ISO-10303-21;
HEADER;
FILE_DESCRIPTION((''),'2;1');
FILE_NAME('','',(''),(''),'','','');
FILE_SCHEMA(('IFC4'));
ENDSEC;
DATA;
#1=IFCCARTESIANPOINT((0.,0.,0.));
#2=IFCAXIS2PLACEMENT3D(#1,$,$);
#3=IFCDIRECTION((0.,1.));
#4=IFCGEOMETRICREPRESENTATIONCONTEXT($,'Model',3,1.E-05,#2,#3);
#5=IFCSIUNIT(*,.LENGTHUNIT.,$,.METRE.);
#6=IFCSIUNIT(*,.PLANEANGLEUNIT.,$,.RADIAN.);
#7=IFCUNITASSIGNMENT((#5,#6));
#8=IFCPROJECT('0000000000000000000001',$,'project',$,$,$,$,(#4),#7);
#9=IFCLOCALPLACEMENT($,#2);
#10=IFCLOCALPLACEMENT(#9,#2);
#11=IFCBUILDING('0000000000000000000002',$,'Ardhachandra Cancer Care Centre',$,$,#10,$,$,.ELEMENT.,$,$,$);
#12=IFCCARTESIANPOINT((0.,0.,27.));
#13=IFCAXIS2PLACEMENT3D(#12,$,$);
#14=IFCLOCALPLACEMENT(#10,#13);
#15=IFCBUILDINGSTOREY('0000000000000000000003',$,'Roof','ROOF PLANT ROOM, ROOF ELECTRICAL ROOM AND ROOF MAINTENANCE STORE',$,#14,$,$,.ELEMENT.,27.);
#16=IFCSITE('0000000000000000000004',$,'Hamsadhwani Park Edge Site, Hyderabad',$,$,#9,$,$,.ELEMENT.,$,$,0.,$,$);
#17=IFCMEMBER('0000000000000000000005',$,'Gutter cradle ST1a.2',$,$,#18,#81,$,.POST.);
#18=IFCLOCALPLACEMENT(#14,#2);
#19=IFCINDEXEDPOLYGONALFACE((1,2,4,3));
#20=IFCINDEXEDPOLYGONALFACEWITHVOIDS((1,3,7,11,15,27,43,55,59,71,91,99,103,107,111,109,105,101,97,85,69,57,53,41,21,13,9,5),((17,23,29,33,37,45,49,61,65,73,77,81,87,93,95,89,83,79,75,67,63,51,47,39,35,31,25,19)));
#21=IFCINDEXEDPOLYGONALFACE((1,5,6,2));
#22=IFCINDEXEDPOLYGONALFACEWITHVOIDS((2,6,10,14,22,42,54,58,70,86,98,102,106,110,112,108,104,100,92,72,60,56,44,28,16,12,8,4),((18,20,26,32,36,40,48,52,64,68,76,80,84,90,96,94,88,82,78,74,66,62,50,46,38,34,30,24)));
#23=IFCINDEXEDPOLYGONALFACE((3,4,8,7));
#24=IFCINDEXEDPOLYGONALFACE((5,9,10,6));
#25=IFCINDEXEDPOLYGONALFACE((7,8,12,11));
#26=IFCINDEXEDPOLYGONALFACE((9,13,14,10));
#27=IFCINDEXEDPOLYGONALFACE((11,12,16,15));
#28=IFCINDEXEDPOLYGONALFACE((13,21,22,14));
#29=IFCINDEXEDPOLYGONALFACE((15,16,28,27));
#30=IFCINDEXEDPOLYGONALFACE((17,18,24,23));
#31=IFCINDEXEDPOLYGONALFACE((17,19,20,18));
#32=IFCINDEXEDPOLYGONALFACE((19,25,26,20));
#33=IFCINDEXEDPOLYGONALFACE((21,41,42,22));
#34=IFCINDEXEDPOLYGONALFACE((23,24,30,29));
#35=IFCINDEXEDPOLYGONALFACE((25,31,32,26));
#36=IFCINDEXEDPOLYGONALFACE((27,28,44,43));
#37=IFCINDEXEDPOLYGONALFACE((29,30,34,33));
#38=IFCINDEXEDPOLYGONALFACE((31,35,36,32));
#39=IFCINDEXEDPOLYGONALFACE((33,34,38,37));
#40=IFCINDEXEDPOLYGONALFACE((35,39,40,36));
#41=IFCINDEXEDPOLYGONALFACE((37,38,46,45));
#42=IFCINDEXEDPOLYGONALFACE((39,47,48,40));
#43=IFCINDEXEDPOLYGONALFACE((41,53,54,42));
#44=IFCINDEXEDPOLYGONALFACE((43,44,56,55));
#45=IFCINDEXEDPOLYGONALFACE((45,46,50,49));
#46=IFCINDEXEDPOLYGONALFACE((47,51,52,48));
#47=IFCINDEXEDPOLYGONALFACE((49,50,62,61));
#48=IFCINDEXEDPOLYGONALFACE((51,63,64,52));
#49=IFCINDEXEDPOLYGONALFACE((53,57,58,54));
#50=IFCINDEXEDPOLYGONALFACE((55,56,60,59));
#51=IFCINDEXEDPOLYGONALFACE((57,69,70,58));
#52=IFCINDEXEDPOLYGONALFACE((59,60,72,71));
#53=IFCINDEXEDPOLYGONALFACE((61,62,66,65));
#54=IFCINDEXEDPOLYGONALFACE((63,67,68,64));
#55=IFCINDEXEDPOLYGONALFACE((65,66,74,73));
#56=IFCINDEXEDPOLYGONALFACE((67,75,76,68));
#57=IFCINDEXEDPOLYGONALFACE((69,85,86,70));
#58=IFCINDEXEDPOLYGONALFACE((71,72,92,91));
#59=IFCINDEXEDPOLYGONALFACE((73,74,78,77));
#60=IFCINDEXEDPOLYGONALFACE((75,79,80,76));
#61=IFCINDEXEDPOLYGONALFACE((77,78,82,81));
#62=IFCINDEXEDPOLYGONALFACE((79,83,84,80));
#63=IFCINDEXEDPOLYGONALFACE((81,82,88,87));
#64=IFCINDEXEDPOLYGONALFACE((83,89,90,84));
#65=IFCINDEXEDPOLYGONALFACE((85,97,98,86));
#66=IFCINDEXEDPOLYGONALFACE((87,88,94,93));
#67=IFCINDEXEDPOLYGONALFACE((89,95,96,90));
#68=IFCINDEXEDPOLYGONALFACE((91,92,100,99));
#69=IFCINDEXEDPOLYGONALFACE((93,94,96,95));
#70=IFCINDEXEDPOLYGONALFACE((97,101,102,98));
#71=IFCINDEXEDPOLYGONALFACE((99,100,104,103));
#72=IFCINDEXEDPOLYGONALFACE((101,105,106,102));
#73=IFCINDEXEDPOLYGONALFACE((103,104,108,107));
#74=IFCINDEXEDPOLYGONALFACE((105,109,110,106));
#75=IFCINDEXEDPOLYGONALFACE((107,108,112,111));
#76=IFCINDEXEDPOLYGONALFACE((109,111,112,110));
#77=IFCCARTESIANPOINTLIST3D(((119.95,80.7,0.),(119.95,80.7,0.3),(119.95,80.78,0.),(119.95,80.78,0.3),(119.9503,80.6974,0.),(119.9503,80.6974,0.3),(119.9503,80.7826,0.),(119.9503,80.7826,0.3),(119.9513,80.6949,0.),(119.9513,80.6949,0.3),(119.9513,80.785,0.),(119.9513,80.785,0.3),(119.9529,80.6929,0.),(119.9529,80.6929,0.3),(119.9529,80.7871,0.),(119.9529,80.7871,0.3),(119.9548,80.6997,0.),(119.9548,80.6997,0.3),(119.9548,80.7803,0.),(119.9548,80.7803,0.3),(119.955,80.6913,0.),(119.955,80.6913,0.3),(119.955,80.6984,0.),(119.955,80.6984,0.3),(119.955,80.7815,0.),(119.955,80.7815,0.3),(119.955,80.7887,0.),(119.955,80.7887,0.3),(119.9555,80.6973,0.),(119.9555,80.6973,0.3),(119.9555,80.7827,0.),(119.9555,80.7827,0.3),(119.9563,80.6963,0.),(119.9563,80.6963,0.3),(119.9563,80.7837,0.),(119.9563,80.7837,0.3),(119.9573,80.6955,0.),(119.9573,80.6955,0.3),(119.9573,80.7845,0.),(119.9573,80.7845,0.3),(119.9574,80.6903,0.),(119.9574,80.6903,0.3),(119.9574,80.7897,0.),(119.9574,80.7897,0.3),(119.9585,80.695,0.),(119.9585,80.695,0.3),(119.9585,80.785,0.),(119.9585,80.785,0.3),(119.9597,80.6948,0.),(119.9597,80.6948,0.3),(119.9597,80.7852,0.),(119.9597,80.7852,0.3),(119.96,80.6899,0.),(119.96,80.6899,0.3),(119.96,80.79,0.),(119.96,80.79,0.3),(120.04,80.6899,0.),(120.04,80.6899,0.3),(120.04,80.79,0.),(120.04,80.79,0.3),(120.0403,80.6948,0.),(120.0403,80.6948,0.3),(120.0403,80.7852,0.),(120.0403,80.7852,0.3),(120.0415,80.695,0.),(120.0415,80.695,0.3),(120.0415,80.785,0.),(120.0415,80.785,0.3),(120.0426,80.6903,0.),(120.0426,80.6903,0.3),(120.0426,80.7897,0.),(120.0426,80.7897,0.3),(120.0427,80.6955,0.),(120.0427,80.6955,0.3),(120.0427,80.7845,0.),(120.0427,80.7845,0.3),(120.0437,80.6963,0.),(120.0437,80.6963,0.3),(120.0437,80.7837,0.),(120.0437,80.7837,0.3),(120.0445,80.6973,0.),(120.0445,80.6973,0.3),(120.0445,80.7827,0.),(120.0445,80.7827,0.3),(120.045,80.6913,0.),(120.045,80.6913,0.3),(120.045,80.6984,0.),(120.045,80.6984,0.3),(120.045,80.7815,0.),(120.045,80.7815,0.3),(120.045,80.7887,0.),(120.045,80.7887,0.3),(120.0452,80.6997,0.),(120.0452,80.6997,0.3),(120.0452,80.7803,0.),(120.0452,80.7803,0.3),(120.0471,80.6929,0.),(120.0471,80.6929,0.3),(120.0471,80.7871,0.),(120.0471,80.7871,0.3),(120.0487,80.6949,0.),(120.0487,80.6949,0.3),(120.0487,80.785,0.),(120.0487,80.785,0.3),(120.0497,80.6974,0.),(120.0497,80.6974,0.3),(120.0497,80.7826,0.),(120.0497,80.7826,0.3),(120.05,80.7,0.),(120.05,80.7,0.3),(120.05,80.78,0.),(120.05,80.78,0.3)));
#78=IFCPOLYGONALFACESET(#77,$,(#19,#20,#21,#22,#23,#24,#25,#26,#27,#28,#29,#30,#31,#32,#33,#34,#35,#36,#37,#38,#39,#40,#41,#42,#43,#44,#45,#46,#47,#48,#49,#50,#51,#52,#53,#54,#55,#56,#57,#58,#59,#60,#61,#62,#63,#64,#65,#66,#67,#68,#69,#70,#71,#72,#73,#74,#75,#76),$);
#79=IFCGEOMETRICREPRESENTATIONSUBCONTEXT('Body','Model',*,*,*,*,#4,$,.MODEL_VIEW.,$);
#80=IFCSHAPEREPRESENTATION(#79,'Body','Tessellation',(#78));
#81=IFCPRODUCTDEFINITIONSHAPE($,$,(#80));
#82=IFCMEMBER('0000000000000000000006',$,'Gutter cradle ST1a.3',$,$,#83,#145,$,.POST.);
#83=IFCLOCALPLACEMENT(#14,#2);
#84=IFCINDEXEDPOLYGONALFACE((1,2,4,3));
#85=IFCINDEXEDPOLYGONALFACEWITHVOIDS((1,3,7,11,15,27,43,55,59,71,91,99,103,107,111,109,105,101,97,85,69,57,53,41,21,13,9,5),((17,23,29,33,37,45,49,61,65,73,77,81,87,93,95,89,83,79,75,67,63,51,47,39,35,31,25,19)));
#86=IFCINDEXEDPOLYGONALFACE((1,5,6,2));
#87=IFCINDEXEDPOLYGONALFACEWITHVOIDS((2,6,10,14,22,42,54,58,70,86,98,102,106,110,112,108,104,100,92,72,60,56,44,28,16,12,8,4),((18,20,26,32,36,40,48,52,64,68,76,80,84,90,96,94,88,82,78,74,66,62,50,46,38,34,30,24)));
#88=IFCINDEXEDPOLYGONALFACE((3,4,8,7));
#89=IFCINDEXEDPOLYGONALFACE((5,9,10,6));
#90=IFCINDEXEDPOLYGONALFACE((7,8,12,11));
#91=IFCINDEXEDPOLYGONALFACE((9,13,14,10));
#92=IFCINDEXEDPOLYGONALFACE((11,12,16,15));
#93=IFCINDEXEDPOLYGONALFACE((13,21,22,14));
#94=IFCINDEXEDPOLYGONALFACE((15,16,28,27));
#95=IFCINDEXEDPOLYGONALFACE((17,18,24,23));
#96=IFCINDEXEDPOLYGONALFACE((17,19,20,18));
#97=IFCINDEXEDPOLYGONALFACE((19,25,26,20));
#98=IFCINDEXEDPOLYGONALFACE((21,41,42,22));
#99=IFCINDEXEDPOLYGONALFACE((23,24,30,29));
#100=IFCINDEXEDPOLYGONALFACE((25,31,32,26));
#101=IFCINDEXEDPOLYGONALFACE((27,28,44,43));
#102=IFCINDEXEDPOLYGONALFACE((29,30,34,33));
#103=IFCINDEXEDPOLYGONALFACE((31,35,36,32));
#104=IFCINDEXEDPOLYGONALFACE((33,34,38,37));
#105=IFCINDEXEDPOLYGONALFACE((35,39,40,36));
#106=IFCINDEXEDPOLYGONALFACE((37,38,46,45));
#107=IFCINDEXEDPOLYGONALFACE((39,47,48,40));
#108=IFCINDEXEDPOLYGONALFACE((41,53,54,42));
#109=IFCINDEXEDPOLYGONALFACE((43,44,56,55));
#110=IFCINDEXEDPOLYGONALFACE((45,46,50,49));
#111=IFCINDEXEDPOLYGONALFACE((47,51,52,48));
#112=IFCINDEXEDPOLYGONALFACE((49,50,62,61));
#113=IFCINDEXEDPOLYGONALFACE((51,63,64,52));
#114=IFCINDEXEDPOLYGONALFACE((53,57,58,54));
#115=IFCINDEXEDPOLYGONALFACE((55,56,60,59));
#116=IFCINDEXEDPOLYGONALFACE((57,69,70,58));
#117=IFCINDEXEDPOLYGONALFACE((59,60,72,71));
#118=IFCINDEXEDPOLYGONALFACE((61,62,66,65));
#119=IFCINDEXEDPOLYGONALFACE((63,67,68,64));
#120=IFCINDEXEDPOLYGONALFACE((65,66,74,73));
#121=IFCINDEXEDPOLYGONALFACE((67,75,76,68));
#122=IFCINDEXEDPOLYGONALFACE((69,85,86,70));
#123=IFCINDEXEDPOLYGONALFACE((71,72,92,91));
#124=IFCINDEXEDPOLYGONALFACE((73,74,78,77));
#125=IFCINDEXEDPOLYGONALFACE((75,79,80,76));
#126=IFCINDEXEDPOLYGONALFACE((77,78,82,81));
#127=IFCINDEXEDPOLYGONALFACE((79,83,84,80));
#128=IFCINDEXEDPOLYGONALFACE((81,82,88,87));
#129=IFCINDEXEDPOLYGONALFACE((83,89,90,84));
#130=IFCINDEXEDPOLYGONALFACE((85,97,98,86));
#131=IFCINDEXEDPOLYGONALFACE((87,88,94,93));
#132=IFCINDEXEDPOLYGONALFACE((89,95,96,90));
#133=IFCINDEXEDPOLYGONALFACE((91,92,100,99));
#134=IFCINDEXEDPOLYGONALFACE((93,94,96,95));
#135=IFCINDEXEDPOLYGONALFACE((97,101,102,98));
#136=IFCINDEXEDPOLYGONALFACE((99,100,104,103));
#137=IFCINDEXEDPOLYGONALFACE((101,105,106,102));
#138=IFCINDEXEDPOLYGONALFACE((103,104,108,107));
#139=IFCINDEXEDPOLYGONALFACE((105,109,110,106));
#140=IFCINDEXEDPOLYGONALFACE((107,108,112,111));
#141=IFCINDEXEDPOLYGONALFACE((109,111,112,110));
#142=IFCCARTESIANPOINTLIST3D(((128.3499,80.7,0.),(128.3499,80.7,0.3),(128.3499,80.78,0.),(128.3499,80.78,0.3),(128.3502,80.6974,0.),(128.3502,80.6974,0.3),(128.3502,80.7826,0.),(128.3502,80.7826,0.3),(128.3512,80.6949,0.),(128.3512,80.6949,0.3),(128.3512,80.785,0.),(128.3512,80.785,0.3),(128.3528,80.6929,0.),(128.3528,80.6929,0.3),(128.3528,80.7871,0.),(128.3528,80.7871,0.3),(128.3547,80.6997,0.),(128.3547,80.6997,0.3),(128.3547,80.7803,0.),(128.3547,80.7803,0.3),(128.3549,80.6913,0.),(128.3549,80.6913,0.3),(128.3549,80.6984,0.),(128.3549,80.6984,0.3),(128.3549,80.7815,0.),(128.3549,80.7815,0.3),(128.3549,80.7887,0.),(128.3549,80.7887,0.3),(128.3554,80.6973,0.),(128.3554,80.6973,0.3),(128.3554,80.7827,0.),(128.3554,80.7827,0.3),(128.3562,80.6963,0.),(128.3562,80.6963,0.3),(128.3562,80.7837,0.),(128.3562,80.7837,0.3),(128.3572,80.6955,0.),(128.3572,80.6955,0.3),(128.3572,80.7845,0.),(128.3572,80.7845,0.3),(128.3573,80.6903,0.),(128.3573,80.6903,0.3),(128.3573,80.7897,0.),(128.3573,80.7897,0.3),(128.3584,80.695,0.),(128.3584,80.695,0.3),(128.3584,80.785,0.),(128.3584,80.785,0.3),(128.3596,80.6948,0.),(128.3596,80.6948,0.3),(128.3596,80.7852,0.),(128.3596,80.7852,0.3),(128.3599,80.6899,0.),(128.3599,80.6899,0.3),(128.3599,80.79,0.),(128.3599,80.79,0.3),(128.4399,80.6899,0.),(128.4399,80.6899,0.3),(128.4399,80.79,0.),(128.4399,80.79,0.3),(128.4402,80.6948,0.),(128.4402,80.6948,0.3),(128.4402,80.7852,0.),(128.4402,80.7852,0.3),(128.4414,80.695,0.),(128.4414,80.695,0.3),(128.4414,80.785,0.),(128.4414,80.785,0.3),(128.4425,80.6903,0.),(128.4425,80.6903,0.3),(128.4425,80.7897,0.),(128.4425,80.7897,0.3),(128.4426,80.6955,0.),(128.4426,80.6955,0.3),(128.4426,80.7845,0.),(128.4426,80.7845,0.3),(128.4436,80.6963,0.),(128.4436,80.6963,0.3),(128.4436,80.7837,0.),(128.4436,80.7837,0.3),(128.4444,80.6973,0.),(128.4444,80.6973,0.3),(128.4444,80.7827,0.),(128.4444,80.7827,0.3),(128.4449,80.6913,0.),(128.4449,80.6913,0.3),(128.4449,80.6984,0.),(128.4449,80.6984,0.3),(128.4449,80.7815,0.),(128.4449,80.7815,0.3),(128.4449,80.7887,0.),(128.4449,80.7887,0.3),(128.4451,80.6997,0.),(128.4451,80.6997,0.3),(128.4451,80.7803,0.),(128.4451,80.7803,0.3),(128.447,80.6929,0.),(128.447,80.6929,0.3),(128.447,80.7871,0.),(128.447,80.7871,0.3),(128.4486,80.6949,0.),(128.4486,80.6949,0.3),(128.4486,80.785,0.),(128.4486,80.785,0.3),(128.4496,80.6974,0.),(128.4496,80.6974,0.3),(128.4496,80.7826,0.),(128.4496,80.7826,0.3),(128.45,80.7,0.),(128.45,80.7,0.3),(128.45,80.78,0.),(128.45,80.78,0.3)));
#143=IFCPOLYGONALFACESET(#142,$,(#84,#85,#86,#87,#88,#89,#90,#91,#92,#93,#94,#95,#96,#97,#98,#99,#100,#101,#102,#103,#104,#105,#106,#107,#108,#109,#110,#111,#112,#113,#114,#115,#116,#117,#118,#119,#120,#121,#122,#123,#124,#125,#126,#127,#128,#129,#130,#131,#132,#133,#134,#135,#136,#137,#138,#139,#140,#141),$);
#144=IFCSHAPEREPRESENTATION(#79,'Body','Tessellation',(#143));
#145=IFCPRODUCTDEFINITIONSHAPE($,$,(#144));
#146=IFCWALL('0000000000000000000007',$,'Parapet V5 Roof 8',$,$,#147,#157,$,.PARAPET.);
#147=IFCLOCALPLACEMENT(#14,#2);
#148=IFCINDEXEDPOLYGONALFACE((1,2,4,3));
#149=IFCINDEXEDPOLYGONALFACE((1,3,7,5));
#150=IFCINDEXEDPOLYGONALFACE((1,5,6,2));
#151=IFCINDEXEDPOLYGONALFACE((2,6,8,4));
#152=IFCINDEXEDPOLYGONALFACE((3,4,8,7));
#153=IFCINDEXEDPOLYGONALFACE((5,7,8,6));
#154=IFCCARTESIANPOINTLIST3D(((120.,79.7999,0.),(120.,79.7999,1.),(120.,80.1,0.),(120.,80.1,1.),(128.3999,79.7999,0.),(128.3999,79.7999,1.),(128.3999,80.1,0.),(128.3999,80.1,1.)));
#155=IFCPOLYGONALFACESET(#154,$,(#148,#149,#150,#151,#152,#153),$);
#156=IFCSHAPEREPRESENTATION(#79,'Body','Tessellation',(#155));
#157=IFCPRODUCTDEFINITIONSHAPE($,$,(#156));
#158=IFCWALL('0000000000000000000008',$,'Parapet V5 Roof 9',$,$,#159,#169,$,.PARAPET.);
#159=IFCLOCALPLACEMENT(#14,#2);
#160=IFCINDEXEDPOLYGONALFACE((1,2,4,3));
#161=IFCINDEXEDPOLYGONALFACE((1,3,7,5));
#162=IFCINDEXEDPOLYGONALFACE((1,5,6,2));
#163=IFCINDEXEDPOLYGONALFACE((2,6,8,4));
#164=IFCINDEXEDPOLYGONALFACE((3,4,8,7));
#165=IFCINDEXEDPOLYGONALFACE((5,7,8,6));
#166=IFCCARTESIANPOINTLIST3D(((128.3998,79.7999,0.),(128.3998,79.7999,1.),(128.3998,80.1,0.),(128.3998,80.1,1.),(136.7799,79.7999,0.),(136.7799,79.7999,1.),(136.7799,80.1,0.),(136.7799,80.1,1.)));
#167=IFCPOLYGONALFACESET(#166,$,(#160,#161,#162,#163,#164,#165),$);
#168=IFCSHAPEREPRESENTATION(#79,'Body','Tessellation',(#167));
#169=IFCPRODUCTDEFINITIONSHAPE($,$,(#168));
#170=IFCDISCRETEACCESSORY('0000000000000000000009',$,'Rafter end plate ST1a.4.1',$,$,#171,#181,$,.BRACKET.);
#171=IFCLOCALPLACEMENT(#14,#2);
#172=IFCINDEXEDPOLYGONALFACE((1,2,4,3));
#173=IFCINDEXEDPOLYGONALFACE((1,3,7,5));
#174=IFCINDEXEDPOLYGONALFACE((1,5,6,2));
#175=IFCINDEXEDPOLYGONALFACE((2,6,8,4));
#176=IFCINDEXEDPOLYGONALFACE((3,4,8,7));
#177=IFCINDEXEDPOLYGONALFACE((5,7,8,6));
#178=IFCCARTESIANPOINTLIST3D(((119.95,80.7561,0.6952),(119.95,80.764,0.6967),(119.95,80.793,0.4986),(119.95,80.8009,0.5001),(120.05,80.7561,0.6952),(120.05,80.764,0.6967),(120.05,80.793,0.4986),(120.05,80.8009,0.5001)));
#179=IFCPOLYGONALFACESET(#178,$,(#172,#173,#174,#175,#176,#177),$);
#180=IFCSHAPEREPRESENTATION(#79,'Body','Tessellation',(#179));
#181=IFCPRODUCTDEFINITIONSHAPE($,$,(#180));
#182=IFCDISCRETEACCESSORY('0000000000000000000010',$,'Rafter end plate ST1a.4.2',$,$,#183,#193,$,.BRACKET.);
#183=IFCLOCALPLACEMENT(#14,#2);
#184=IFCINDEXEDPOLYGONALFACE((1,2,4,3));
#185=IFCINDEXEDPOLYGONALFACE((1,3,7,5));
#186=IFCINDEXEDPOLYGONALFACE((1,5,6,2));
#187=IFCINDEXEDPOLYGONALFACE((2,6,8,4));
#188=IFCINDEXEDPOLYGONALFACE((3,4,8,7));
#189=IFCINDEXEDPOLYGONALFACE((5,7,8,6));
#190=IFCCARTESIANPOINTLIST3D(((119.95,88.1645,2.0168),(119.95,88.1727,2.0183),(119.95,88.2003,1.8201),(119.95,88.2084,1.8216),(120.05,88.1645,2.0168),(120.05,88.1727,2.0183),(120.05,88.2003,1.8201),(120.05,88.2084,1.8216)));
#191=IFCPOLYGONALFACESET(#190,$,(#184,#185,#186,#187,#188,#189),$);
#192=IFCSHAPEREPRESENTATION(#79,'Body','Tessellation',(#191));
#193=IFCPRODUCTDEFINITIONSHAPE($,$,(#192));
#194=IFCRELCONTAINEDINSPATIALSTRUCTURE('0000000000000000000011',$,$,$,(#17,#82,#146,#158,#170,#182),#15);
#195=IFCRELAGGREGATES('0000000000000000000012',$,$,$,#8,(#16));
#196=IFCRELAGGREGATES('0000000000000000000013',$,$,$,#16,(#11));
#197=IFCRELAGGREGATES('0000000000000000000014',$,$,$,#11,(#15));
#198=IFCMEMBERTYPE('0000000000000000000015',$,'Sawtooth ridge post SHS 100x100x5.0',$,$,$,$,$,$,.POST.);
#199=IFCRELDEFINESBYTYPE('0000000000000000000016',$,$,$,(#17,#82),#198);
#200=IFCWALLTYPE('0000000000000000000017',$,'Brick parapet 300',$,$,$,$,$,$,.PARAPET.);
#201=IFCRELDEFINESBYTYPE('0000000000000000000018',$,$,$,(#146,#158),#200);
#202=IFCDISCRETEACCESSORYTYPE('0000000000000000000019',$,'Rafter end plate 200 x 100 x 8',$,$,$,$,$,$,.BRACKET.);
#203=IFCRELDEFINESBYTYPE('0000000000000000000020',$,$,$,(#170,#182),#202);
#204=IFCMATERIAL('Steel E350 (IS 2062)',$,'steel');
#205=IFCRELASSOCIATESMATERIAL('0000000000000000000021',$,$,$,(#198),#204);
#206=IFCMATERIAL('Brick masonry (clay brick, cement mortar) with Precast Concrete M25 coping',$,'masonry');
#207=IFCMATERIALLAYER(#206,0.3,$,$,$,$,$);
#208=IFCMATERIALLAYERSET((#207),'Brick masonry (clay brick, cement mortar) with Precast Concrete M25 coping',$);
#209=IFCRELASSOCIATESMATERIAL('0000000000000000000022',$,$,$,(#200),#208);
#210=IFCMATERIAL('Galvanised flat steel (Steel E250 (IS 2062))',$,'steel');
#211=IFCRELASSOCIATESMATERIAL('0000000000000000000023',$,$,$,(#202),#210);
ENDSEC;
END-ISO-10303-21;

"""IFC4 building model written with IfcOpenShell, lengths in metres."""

from ifc_helpers import new_model, si_unit, direction, frame, frame_2d, origin, origin_2d, place, context, subcontext, project, spatial, rectangle, hollow_rectangle, extrude, material, layer, layer_set, material_profile, profile_set, type_object, element, save


model = new_model("IFC4")

# Units and contexts
model_context = context("Model", 3, precision=1e-05, world=origin(), true_north=direction((0.0, 1.0)))
body_context = subcontext(model_context, "Body", "Model", "MODEL_VIEW")
ifc_project = project(units=[si_unit("LENGTHUNIT", "METRE"), si_unit("PLANEANGLEUNIT", "RADIAN")], contexts=[model_context])

# Site, building, storey
site_placement = place(None, origin())
site = spatial("IfcSite", under=ifc_project, at=site_placement, Name="Hamsadhwani Park Edge Site, Hyderabad", CompositionType="ELEMENT", RefElevation=0.0)
building_placement = place(site_placement, origin())
building = spatial("IfcBuilding", under=site, at=building_placement, Name="Ardhachandra Cancer Care Centre", CompositionType="ELEMENT")
storey_placement = place(building_placement, frame((0.0, 0.0, 27.0)))
storey = spatial("IfcBuildingStorey", under=building, at=storey_placement, Name="Roof", Description="ROOF PLANT ROOM, ROOF ELECTRICAL ROOM AND ROOF MAINTENANCE STORE", CompositionType="ELEMENT", Elevation=27.0)

# Members
ifc_material_1 = material(Name="Steel E350 (IS 2062)", Category="steel")
ifc_material_profile_1 = material_profile(ifc_material_1, hollow_rectangle(XDim=0.1001, YDim=0.1001, WallThickness=0.0049, InnerFilletRadius=0.0049, OuterFilletRadius=0.01, at=origin_2d()), Name="SHS 100x100x5.0")
ifc_profile_set_1 = profile_set([ifc_material_profile_1], Name="Steel E350 (IS 2062)")
member_type_1 = type_object("IfcMemberType", Name="Sawtooth ridge post SHS 100x100x5.0", PredefinedType="POST", material=ifc_profile_set_1)
for number, where, z_axis, x_axis, name in (
    (1, (120.0, 80.74, 0.0), (0.0, 0.0, 1.0), (1.0, 0.0, 0.0), "Gutter cradle ST1a.2"),
    (2, (128.3999, 80.74, 0.0), (0.0, 0.0, 1.0), (1.0, 0.0, 0.0), "Gutter cradle ST1a.3"),
):
    element("IfcMember", number, at=place(storey_placement, frame(where, z_axis=z_axis, x_axis=x_axis)), inside=storey, type_object=member_type_1, Name=name, PredefinedType="POST", context=body_context, shape_type="SweptSolid", body=[
        extrude(hollow_rectangle(XDim=0.1001, YDim=0.1001, WallThickness=0.0049, InnerFilletRadius=0.0049, OuterFilletRadius=0.01, at=origin_2d()), origin(), (0.0, 0.0, 1.0), 0.3),
    ])

# Walls
ifc_material_2 = material(Name="Brick masonry (clay brick, cement mortar) with Precast Concrete M25 coping", Category="masonry")
ifc_layer_1 = layer(ifc_material_2, 0.3)
ifc_layer_set_1 = layer_set([ifc_layer_1], Name="Brick masonry (clay brick, cement mortar) with Precast Concrete M25 coping")
wall_type = type_object("IfcWallType", Name="Brick parapet 300", PredefinedType="PARAPET", material=ifc_layer_set_1)
wall_1_placement = place(storey_placement, frame((120.0, 79.95, 0.0), z_axis=(0.0, 0.0, 1.0), x_axis=(1.0, 0.0, 0.0)))
element("IfcWall", 3, at=wall_1_placement, inside=storey, type_object=wall_type, Name="Parapet V5 Roof 8", PredefinedType="PARAPET", context=body_context, shape_type="SweptSolid", body=[
    extrude(rectangle(XDim=8.3999, YDim=0.3, at=frame_2d((4.2, 0.0))), origin(), (0.0, 0.0, 1.0), 1.0),
])
wall_2_placement = place(storey_placement, frame((128.3999, 79.95, 0.0), z_axis=(0.0, 0.0, 1.0), x_axis=(1.0, 0.0, 0.0)))
element("IfcWall", 4, at=wall_2_placement, inside=storey, type_object=wall_type, Name="Parapet V5 Roof 9", PredefinedType="PARAPET", context=body_context, shape_type="SweptSolid", body=[
    extrude(rectangle(XDim=8.3801, YDim=0.3, at=frame_2d((4.1899, 0.0))), origin(), (0.0, 0.0, 1.0), 1.0),
])

# Discrete accessories
ifc_material_3 = material(Name="Galvanised flat steel (Steel E250 (IS 2062))", Category="steel")
ifc_material_profile_2 = material_profile(ifc_material_3, rectangle(XDim=0.1001, YDim=0.2, at=origin_2d()), Name="Rafter end plate 200 x 100 x 8")
ifc_profile_set_2 = profile_set([ifc_material_profile_2], Name="Galvanised flat steel (Steel E250 (IS 2062))")
discrete_accessory_type_1 = type_object("IfcDiscreteAccessoryType", Name="Rafter end plate 200 x 100 x 8", PredefinedType="BRACKET", material=ifc_profile_set_2)
discrete_accessory_1_placement = place(storey_placement, frame((120.0, 80.7825, 0.5984), z_axis=(0.0, -0.982872, -0.184289), x_axis=(1.0, 0.0, 0.0)))
element("IfcDiscreteAccessory", 5, at=discrete_accessory_1_placement, inside=storey, type_object=discrete_accessory_type_1, Name="Rafter end plate ST1a.4.1", PredefinedType="BRACKET", context=body_context, shape_type="SweptSolid", body=[
    extrude(rectangle(XDim=0.1001, YDim=0.2, at=origin_2d()), origin(), (0.0, 0.0, 1.0), 0.0081),
])
discrete_accessory_2_placement = place(storey_placement, frame((120.0, 88.1824, 1.9185), z_axis=(0.0, 0.98387, 0.178885), x_axis=(-1.0, 0.0, 0.0)))
element("IfcDiscreteAccessory", 6, at=discrete_accessory_2_placement, inside=storey, type_object=discrete_accessory_type_1, Name="Rafter end plate ST1a.4.2", PredefinedType="BRACKET", context=body_context, shape_type="SweptSolid", body=[
    extrude(rectangle(XDim=0.1001, YDim=0.2, at=origin_2d()), origin(), (0.0, 0.0, 1.0), 0.0083),
])

save(model, "model.ifc")
